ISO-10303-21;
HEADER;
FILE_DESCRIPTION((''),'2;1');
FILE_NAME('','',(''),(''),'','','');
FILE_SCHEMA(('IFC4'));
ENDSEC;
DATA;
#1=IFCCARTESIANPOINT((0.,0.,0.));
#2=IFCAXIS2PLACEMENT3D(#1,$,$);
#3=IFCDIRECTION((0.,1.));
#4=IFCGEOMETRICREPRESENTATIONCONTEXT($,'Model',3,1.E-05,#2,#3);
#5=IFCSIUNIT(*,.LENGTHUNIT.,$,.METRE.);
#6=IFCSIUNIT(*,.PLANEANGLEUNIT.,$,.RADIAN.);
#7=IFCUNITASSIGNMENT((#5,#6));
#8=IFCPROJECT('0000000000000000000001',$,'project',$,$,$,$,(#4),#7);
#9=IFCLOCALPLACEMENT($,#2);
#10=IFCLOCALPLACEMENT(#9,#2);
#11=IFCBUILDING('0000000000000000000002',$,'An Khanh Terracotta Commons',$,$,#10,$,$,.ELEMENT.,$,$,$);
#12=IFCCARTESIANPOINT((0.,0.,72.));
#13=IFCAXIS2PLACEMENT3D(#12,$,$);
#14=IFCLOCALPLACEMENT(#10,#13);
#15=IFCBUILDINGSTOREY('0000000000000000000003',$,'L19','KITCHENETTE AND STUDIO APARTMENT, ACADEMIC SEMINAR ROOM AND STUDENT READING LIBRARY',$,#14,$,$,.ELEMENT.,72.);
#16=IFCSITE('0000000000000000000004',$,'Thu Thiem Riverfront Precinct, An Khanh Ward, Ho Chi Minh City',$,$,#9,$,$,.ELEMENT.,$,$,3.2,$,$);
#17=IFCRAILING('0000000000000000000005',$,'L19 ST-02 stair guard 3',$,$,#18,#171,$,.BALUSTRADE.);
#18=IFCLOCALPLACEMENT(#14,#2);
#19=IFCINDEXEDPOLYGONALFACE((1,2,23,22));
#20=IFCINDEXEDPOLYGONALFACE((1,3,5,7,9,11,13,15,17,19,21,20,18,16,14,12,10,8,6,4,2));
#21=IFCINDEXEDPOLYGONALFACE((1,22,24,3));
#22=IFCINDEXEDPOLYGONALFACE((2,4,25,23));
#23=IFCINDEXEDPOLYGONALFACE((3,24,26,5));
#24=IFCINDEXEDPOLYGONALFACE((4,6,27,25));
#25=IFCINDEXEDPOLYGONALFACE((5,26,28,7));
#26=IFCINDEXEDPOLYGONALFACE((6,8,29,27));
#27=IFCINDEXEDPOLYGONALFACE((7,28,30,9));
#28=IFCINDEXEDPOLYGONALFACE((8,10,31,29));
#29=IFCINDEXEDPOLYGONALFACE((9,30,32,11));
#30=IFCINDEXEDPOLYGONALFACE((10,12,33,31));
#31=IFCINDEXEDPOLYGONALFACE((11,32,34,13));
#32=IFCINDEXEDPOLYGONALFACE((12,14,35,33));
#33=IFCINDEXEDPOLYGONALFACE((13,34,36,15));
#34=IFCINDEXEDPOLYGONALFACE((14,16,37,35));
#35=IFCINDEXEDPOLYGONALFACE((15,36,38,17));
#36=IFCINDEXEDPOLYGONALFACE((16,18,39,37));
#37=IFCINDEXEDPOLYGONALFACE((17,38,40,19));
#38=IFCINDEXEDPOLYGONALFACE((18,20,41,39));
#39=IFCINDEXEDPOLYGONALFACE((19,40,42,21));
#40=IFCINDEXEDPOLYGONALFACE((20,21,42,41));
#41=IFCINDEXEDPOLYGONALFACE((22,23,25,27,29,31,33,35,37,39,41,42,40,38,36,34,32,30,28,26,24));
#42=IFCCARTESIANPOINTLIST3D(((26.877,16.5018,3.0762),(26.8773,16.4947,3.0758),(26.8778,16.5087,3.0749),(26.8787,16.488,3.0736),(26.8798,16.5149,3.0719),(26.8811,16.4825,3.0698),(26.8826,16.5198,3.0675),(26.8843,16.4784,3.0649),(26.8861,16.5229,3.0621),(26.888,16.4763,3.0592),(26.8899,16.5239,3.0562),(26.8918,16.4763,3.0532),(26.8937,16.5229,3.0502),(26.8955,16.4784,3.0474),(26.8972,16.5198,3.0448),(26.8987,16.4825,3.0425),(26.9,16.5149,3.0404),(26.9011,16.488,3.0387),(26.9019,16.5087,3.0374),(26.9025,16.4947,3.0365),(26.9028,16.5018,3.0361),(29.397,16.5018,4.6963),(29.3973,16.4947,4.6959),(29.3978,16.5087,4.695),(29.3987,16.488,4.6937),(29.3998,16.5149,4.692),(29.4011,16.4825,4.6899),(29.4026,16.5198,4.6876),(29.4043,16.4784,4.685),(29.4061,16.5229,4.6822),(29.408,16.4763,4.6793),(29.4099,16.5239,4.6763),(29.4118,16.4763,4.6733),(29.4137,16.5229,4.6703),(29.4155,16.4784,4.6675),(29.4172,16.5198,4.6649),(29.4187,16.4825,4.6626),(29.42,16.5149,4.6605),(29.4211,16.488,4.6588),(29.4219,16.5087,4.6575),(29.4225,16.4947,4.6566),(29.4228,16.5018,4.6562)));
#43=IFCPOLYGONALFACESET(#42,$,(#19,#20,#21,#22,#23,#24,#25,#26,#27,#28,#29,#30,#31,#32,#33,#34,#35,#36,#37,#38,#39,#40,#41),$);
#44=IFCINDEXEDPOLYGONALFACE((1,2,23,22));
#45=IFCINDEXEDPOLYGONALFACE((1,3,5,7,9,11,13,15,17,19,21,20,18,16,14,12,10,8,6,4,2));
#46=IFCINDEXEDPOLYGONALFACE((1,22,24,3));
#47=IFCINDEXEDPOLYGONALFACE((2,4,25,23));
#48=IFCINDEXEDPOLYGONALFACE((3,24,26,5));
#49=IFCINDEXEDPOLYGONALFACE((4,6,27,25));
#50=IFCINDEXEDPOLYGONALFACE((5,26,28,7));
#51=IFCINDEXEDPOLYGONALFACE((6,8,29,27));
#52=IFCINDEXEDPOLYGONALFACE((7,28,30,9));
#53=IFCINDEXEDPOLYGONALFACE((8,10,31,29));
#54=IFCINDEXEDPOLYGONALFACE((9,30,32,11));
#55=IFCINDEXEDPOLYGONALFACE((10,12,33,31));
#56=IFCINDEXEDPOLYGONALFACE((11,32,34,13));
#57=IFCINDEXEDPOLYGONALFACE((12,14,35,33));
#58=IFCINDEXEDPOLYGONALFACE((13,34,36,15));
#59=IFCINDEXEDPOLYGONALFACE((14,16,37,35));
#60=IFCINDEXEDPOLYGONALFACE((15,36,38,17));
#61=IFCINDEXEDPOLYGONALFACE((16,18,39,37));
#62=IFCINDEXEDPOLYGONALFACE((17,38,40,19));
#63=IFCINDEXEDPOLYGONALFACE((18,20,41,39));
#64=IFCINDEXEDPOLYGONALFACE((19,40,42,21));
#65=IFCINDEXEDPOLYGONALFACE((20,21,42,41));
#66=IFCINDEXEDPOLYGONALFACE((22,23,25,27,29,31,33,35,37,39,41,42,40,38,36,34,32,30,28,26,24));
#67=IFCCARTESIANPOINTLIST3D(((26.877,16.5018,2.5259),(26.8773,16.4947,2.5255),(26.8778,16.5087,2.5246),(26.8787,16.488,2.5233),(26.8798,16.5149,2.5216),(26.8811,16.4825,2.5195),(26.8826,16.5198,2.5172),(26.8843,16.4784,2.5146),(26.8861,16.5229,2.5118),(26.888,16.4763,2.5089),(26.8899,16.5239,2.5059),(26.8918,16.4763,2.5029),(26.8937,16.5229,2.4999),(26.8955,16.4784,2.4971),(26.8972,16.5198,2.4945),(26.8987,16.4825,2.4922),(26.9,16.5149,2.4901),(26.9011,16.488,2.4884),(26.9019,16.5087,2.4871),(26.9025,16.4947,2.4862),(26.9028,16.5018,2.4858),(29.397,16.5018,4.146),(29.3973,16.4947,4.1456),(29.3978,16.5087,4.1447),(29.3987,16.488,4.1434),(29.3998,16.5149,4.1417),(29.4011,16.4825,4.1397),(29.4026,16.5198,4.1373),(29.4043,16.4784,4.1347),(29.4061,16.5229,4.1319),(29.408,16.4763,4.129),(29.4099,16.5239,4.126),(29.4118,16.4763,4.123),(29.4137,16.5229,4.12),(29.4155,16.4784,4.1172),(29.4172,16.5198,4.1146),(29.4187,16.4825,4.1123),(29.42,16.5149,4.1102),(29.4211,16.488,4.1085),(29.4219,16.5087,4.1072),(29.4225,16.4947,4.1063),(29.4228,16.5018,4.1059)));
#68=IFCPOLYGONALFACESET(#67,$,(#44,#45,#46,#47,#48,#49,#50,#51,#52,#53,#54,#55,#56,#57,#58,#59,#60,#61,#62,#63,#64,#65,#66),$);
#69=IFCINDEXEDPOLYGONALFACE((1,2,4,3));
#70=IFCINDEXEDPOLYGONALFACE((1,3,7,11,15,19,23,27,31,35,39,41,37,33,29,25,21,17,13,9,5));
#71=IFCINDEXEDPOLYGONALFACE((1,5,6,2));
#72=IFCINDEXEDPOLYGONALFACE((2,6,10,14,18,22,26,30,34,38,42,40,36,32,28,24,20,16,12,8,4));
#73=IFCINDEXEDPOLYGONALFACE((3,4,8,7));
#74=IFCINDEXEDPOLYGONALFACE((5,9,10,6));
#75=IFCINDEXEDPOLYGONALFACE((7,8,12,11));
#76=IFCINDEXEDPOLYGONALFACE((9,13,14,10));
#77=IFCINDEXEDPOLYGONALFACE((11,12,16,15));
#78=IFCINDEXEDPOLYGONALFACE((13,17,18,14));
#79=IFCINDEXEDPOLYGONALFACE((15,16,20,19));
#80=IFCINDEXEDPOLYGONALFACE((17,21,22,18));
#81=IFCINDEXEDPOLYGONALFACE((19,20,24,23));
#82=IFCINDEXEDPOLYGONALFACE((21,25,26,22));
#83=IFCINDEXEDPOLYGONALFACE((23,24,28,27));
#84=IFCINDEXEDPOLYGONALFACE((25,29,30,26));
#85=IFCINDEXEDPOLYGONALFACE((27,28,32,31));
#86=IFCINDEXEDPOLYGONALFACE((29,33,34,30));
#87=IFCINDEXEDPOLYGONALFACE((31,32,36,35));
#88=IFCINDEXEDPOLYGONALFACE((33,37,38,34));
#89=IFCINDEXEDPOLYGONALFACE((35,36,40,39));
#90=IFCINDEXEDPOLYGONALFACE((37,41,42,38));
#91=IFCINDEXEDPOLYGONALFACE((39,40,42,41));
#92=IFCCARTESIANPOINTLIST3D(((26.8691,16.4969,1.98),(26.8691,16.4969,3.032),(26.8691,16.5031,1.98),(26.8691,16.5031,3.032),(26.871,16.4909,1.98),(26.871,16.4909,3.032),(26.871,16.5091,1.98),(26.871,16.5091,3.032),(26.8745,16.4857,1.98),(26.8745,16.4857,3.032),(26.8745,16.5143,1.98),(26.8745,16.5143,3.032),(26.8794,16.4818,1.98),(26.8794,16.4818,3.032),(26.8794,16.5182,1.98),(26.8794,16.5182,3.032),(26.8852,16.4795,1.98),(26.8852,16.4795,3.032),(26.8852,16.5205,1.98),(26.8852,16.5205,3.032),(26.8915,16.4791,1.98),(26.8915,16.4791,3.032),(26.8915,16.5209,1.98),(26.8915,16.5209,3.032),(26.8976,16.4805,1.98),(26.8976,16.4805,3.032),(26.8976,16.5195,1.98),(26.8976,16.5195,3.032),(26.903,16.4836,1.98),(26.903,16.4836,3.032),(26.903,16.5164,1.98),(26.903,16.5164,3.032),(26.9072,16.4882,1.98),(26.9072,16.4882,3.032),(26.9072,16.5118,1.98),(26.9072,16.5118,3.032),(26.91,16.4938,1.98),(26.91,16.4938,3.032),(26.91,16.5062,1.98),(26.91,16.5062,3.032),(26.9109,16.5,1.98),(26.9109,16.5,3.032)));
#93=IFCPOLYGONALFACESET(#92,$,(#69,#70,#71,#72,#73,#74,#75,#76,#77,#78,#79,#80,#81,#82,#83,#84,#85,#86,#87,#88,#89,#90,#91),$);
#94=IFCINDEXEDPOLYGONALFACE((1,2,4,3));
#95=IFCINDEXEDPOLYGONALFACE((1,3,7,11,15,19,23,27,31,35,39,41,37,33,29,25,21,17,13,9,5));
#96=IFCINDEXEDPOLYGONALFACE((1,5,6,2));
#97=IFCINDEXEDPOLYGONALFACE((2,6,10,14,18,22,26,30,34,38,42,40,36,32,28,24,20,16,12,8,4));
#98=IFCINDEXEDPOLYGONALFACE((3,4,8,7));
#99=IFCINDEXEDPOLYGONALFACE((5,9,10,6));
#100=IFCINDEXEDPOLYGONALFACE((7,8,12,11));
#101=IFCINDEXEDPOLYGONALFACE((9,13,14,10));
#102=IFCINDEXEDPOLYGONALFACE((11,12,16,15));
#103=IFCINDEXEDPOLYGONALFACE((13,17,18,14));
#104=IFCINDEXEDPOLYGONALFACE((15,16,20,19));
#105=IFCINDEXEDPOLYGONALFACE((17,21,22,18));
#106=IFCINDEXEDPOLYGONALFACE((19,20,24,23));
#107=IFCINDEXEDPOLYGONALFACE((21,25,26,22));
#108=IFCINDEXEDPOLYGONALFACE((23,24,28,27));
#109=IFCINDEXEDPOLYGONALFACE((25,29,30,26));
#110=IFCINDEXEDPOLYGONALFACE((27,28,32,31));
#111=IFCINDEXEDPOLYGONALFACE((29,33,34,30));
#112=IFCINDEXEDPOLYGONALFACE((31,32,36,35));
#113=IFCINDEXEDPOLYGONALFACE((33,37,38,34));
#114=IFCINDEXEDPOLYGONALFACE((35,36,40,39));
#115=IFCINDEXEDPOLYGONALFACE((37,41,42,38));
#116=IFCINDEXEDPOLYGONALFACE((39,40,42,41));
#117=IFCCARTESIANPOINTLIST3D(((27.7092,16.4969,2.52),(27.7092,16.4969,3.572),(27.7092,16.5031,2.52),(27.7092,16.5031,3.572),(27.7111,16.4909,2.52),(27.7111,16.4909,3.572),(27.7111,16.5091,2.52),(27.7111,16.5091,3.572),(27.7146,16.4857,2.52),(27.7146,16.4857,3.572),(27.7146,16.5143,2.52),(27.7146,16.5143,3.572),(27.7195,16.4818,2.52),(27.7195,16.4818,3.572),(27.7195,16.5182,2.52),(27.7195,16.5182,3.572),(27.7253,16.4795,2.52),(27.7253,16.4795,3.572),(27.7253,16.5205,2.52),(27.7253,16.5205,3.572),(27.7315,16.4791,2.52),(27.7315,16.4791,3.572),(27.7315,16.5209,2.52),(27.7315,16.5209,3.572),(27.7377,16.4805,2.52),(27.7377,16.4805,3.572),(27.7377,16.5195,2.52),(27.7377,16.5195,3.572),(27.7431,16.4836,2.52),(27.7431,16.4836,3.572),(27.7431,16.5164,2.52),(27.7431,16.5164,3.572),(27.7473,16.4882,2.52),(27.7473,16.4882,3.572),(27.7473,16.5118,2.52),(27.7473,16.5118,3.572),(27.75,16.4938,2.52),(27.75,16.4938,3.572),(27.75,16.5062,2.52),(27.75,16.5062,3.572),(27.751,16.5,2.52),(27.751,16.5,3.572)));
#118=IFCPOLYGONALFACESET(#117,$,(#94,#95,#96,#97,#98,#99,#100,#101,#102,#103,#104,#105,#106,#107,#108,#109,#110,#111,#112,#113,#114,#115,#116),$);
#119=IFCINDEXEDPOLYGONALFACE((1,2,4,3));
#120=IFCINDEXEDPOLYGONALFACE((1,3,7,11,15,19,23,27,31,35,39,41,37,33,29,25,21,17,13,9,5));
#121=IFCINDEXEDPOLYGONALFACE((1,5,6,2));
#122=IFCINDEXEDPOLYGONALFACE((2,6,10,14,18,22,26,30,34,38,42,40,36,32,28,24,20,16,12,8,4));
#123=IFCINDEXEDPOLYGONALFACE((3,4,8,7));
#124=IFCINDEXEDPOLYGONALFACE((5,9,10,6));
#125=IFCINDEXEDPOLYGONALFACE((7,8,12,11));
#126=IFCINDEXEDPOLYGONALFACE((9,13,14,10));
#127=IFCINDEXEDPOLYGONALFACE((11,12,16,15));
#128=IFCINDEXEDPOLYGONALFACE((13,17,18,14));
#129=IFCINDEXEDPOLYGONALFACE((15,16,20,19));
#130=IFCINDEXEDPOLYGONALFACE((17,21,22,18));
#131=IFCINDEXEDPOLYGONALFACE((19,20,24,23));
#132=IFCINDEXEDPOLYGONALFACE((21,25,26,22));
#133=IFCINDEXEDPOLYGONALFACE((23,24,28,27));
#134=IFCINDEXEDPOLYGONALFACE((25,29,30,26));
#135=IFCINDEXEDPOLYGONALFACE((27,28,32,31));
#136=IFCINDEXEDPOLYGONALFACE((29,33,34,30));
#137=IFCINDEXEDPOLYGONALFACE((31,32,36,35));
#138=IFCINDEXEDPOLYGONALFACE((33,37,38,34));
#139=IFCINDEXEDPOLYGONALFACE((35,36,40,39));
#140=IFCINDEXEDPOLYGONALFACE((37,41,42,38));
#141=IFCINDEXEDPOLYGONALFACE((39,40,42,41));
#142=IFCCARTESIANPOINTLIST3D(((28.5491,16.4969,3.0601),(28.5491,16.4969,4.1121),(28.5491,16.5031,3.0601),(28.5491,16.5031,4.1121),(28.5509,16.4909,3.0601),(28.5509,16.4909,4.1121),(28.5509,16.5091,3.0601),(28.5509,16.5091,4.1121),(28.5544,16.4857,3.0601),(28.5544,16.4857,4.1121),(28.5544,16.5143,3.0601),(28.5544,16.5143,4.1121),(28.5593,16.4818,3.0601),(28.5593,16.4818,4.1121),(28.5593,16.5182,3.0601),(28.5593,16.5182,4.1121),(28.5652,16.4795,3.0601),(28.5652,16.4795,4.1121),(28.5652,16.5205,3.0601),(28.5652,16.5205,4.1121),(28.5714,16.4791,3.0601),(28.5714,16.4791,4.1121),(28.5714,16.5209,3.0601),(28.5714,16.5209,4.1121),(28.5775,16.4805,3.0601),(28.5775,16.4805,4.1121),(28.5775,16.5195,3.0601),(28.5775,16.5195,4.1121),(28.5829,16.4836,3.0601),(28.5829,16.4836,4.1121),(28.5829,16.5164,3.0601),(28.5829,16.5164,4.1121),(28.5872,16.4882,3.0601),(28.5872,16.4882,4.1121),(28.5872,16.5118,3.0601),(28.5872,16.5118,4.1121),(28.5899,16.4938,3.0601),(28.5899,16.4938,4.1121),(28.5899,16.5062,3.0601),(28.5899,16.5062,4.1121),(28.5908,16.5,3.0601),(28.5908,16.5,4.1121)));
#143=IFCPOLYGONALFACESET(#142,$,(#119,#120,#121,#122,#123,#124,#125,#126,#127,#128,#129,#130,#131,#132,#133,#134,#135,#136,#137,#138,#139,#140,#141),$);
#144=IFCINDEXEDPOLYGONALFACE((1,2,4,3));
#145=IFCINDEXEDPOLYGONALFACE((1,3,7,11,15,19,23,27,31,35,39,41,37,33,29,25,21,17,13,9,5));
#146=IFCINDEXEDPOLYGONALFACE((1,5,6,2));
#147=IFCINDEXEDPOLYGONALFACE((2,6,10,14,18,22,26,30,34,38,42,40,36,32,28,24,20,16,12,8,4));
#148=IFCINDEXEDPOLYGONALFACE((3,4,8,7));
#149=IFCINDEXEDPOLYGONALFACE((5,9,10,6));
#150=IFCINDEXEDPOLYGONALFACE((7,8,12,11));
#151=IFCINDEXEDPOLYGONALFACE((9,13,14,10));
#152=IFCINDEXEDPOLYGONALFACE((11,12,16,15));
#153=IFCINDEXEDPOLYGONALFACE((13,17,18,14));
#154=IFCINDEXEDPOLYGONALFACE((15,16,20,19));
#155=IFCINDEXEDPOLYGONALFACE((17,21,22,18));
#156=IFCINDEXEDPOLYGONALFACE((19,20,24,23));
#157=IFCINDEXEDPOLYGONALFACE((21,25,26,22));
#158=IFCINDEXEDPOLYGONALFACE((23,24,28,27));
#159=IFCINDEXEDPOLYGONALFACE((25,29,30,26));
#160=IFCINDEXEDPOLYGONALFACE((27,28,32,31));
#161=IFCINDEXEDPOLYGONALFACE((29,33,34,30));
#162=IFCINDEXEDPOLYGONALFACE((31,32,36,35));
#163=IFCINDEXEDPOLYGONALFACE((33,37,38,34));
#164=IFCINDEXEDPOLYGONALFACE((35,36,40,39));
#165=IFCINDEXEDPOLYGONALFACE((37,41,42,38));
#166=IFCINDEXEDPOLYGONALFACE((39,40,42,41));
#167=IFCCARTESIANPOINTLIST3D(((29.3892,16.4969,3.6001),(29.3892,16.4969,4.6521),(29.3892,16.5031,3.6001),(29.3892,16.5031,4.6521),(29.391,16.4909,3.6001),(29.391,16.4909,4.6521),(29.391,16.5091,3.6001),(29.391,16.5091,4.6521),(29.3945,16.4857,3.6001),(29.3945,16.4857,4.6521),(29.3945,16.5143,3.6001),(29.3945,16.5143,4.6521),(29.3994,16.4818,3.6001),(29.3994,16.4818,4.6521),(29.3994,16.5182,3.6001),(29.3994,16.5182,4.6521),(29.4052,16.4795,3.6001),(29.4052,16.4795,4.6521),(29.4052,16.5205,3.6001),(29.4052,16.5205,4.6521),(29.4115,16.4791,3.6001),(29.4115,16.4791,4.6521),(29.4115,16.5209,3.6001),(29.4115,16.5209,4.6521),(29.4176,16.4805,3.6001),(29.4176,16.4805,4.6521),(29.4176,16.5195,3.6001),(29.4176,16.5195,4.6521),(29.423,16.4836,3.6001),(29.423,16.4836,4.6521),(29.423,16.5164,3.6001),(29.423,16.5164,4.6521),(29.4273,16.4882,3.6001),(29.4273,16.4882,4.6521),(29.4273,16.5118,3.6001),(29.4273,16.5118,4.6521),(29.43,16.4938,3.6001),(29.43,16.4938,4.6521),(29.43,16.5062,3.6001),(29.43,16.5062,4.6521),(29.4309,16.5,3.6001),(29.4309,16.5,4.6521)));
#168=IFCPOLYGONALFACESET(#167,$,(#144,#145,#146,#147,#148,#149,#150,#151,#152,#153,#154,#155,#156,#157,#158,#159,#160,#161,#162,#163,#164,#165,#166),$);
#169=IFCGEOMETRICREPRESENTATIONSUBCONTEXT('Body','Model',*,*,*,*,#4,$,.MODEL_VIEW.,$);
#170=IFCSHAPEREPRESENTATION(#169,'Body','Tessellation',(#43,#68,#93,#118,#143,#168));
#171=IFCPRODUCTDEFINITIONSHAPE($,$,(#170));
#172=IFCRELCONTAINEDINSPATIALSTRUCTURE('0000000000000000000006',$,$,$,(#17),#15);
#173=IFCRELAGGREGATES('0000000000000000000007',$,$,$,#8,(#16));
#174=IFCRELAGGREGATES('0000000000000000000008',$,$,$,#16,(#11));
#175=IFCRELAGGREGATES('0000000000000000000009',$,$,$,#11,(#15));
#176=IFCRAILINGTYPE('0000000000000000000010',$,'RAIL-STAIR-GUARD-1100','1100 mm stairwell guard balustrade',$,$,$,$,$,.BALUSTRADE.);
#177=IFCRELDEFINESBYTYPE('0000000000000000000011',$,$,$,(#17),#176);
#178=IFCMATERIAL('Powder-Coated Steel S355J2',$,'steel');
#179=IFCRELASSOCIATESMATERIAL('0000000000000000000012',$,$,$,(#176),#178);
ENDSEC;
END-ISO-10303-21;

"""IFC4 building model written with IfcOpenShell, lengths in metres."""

from ifc_helpers import new_model, si_unit, direction, frame, origin, origin_2d, place, context, subcontext, project, spatial, circle, extrude, material, type_object, element, save


model = new_model("IFC4")

# Units and contexts
model_context = context("Model", 3, precision=1e-05, world=origin(), true_north=direction((0.0, 1.0)))
body_context = subcontext(model_context, "Body", "Model", "MODEL_VIEW")
ifc_project = project(units=[si_unit("LENGTHUNIT", "METRE"), si_unit("PLANEANGLEUNIT", "RADIAN")], contexts=[model_context])

# Site, building, storey
site_placement = place(None, origin())
site = spatial("IfcSite", under=ifc_project, at=site_placement, Name="Thu Thiem Riverfront Precinct, An Khanh Ward, Ho Chi Minh City", CompositionType="ELEMENT", RefElevation=3.2)
building_placement = place(site_placement, origin())
building = spatial("IfcBuilding", under=site, at=building_placement, Name="An Khanh Terracotta Commons", CompositionType="ELEMENT")
storey_placement = place(building_placement, frame((0.0, 0.0, 72.0)))
storey = spatial("IfcBuildingStorey", under=building, at=storey_placement, Name="L19", Description="KITCHENETTE AND STUDIO APARTMENT, ACADEMIC SEMINAR ROOM AND STUDENT READING LIBRARY", CompositionType="ELEMENT", Elevation=72.0)

# Railing
ifc_material_1 = material(Name="Powder-Coated Steel S355J2", Category="steel")
railing_type_1 = type_object("IfcRailingType", Name="RAIL-STAIR-GUARD-1100", Description="1100 mm stairwell guard balustrade", PredefinedType="BALUSTRADE", material=ifc_material_1)
railing_1_placement = place(storey_placement, frame((26.8899, 16.5, 1.98)))
element("IfcRailing", 1, at=railing_1_placement, inside=storey, type_object=railing_type_1, Name="L19 ST-02 stair guard 3", PredefinedType="BALUSTRADE", context=body_context, shape_type="SweptSolid", body=[
    extrude(circle(Radius=0.0239, at=origin_2d()), frame((0.0, 0.0, 1.0762), z_axis=(0.841163, 0.0, 0.540782), x_axis=(0.0, 1.0, 0.0)), (0.0, 0.0, 1.0), 2.9958),
    extrude(circle(Radius=0.0239, at=origin_2d()), frame((0.0, 0.0, 0.5259), z_axis=(0.841163, 0.0, 0.540782), x_axis=(0.0, 1.0, 0.0)), (0.0, 0.0, 1.0), 2.9958),
    extrude(circle(Radius=0.021, at=origin_2d()), origin(), (0.0, 0.0, 1.0), 1.052),
    extrude(circle(Radius=0.021, at=origin_2d()), frame((0.8401, 0.0, 0.54)), (0.0, 0.0, 1.0), 1.052),
    extrude(circle(Radius=0.021, at=origin_2d()), frame((1.6799, 0.0, 1.0801)), (0.0, 0.0, 1.0), 1.052),
    extrude(circle(Radius=0.021, at=origin_2d()), frame((2.52, 0.0, 1.6201)), (0.0, 0.0, 1.0), 1.052),
])

save(model, "model.ifc")
